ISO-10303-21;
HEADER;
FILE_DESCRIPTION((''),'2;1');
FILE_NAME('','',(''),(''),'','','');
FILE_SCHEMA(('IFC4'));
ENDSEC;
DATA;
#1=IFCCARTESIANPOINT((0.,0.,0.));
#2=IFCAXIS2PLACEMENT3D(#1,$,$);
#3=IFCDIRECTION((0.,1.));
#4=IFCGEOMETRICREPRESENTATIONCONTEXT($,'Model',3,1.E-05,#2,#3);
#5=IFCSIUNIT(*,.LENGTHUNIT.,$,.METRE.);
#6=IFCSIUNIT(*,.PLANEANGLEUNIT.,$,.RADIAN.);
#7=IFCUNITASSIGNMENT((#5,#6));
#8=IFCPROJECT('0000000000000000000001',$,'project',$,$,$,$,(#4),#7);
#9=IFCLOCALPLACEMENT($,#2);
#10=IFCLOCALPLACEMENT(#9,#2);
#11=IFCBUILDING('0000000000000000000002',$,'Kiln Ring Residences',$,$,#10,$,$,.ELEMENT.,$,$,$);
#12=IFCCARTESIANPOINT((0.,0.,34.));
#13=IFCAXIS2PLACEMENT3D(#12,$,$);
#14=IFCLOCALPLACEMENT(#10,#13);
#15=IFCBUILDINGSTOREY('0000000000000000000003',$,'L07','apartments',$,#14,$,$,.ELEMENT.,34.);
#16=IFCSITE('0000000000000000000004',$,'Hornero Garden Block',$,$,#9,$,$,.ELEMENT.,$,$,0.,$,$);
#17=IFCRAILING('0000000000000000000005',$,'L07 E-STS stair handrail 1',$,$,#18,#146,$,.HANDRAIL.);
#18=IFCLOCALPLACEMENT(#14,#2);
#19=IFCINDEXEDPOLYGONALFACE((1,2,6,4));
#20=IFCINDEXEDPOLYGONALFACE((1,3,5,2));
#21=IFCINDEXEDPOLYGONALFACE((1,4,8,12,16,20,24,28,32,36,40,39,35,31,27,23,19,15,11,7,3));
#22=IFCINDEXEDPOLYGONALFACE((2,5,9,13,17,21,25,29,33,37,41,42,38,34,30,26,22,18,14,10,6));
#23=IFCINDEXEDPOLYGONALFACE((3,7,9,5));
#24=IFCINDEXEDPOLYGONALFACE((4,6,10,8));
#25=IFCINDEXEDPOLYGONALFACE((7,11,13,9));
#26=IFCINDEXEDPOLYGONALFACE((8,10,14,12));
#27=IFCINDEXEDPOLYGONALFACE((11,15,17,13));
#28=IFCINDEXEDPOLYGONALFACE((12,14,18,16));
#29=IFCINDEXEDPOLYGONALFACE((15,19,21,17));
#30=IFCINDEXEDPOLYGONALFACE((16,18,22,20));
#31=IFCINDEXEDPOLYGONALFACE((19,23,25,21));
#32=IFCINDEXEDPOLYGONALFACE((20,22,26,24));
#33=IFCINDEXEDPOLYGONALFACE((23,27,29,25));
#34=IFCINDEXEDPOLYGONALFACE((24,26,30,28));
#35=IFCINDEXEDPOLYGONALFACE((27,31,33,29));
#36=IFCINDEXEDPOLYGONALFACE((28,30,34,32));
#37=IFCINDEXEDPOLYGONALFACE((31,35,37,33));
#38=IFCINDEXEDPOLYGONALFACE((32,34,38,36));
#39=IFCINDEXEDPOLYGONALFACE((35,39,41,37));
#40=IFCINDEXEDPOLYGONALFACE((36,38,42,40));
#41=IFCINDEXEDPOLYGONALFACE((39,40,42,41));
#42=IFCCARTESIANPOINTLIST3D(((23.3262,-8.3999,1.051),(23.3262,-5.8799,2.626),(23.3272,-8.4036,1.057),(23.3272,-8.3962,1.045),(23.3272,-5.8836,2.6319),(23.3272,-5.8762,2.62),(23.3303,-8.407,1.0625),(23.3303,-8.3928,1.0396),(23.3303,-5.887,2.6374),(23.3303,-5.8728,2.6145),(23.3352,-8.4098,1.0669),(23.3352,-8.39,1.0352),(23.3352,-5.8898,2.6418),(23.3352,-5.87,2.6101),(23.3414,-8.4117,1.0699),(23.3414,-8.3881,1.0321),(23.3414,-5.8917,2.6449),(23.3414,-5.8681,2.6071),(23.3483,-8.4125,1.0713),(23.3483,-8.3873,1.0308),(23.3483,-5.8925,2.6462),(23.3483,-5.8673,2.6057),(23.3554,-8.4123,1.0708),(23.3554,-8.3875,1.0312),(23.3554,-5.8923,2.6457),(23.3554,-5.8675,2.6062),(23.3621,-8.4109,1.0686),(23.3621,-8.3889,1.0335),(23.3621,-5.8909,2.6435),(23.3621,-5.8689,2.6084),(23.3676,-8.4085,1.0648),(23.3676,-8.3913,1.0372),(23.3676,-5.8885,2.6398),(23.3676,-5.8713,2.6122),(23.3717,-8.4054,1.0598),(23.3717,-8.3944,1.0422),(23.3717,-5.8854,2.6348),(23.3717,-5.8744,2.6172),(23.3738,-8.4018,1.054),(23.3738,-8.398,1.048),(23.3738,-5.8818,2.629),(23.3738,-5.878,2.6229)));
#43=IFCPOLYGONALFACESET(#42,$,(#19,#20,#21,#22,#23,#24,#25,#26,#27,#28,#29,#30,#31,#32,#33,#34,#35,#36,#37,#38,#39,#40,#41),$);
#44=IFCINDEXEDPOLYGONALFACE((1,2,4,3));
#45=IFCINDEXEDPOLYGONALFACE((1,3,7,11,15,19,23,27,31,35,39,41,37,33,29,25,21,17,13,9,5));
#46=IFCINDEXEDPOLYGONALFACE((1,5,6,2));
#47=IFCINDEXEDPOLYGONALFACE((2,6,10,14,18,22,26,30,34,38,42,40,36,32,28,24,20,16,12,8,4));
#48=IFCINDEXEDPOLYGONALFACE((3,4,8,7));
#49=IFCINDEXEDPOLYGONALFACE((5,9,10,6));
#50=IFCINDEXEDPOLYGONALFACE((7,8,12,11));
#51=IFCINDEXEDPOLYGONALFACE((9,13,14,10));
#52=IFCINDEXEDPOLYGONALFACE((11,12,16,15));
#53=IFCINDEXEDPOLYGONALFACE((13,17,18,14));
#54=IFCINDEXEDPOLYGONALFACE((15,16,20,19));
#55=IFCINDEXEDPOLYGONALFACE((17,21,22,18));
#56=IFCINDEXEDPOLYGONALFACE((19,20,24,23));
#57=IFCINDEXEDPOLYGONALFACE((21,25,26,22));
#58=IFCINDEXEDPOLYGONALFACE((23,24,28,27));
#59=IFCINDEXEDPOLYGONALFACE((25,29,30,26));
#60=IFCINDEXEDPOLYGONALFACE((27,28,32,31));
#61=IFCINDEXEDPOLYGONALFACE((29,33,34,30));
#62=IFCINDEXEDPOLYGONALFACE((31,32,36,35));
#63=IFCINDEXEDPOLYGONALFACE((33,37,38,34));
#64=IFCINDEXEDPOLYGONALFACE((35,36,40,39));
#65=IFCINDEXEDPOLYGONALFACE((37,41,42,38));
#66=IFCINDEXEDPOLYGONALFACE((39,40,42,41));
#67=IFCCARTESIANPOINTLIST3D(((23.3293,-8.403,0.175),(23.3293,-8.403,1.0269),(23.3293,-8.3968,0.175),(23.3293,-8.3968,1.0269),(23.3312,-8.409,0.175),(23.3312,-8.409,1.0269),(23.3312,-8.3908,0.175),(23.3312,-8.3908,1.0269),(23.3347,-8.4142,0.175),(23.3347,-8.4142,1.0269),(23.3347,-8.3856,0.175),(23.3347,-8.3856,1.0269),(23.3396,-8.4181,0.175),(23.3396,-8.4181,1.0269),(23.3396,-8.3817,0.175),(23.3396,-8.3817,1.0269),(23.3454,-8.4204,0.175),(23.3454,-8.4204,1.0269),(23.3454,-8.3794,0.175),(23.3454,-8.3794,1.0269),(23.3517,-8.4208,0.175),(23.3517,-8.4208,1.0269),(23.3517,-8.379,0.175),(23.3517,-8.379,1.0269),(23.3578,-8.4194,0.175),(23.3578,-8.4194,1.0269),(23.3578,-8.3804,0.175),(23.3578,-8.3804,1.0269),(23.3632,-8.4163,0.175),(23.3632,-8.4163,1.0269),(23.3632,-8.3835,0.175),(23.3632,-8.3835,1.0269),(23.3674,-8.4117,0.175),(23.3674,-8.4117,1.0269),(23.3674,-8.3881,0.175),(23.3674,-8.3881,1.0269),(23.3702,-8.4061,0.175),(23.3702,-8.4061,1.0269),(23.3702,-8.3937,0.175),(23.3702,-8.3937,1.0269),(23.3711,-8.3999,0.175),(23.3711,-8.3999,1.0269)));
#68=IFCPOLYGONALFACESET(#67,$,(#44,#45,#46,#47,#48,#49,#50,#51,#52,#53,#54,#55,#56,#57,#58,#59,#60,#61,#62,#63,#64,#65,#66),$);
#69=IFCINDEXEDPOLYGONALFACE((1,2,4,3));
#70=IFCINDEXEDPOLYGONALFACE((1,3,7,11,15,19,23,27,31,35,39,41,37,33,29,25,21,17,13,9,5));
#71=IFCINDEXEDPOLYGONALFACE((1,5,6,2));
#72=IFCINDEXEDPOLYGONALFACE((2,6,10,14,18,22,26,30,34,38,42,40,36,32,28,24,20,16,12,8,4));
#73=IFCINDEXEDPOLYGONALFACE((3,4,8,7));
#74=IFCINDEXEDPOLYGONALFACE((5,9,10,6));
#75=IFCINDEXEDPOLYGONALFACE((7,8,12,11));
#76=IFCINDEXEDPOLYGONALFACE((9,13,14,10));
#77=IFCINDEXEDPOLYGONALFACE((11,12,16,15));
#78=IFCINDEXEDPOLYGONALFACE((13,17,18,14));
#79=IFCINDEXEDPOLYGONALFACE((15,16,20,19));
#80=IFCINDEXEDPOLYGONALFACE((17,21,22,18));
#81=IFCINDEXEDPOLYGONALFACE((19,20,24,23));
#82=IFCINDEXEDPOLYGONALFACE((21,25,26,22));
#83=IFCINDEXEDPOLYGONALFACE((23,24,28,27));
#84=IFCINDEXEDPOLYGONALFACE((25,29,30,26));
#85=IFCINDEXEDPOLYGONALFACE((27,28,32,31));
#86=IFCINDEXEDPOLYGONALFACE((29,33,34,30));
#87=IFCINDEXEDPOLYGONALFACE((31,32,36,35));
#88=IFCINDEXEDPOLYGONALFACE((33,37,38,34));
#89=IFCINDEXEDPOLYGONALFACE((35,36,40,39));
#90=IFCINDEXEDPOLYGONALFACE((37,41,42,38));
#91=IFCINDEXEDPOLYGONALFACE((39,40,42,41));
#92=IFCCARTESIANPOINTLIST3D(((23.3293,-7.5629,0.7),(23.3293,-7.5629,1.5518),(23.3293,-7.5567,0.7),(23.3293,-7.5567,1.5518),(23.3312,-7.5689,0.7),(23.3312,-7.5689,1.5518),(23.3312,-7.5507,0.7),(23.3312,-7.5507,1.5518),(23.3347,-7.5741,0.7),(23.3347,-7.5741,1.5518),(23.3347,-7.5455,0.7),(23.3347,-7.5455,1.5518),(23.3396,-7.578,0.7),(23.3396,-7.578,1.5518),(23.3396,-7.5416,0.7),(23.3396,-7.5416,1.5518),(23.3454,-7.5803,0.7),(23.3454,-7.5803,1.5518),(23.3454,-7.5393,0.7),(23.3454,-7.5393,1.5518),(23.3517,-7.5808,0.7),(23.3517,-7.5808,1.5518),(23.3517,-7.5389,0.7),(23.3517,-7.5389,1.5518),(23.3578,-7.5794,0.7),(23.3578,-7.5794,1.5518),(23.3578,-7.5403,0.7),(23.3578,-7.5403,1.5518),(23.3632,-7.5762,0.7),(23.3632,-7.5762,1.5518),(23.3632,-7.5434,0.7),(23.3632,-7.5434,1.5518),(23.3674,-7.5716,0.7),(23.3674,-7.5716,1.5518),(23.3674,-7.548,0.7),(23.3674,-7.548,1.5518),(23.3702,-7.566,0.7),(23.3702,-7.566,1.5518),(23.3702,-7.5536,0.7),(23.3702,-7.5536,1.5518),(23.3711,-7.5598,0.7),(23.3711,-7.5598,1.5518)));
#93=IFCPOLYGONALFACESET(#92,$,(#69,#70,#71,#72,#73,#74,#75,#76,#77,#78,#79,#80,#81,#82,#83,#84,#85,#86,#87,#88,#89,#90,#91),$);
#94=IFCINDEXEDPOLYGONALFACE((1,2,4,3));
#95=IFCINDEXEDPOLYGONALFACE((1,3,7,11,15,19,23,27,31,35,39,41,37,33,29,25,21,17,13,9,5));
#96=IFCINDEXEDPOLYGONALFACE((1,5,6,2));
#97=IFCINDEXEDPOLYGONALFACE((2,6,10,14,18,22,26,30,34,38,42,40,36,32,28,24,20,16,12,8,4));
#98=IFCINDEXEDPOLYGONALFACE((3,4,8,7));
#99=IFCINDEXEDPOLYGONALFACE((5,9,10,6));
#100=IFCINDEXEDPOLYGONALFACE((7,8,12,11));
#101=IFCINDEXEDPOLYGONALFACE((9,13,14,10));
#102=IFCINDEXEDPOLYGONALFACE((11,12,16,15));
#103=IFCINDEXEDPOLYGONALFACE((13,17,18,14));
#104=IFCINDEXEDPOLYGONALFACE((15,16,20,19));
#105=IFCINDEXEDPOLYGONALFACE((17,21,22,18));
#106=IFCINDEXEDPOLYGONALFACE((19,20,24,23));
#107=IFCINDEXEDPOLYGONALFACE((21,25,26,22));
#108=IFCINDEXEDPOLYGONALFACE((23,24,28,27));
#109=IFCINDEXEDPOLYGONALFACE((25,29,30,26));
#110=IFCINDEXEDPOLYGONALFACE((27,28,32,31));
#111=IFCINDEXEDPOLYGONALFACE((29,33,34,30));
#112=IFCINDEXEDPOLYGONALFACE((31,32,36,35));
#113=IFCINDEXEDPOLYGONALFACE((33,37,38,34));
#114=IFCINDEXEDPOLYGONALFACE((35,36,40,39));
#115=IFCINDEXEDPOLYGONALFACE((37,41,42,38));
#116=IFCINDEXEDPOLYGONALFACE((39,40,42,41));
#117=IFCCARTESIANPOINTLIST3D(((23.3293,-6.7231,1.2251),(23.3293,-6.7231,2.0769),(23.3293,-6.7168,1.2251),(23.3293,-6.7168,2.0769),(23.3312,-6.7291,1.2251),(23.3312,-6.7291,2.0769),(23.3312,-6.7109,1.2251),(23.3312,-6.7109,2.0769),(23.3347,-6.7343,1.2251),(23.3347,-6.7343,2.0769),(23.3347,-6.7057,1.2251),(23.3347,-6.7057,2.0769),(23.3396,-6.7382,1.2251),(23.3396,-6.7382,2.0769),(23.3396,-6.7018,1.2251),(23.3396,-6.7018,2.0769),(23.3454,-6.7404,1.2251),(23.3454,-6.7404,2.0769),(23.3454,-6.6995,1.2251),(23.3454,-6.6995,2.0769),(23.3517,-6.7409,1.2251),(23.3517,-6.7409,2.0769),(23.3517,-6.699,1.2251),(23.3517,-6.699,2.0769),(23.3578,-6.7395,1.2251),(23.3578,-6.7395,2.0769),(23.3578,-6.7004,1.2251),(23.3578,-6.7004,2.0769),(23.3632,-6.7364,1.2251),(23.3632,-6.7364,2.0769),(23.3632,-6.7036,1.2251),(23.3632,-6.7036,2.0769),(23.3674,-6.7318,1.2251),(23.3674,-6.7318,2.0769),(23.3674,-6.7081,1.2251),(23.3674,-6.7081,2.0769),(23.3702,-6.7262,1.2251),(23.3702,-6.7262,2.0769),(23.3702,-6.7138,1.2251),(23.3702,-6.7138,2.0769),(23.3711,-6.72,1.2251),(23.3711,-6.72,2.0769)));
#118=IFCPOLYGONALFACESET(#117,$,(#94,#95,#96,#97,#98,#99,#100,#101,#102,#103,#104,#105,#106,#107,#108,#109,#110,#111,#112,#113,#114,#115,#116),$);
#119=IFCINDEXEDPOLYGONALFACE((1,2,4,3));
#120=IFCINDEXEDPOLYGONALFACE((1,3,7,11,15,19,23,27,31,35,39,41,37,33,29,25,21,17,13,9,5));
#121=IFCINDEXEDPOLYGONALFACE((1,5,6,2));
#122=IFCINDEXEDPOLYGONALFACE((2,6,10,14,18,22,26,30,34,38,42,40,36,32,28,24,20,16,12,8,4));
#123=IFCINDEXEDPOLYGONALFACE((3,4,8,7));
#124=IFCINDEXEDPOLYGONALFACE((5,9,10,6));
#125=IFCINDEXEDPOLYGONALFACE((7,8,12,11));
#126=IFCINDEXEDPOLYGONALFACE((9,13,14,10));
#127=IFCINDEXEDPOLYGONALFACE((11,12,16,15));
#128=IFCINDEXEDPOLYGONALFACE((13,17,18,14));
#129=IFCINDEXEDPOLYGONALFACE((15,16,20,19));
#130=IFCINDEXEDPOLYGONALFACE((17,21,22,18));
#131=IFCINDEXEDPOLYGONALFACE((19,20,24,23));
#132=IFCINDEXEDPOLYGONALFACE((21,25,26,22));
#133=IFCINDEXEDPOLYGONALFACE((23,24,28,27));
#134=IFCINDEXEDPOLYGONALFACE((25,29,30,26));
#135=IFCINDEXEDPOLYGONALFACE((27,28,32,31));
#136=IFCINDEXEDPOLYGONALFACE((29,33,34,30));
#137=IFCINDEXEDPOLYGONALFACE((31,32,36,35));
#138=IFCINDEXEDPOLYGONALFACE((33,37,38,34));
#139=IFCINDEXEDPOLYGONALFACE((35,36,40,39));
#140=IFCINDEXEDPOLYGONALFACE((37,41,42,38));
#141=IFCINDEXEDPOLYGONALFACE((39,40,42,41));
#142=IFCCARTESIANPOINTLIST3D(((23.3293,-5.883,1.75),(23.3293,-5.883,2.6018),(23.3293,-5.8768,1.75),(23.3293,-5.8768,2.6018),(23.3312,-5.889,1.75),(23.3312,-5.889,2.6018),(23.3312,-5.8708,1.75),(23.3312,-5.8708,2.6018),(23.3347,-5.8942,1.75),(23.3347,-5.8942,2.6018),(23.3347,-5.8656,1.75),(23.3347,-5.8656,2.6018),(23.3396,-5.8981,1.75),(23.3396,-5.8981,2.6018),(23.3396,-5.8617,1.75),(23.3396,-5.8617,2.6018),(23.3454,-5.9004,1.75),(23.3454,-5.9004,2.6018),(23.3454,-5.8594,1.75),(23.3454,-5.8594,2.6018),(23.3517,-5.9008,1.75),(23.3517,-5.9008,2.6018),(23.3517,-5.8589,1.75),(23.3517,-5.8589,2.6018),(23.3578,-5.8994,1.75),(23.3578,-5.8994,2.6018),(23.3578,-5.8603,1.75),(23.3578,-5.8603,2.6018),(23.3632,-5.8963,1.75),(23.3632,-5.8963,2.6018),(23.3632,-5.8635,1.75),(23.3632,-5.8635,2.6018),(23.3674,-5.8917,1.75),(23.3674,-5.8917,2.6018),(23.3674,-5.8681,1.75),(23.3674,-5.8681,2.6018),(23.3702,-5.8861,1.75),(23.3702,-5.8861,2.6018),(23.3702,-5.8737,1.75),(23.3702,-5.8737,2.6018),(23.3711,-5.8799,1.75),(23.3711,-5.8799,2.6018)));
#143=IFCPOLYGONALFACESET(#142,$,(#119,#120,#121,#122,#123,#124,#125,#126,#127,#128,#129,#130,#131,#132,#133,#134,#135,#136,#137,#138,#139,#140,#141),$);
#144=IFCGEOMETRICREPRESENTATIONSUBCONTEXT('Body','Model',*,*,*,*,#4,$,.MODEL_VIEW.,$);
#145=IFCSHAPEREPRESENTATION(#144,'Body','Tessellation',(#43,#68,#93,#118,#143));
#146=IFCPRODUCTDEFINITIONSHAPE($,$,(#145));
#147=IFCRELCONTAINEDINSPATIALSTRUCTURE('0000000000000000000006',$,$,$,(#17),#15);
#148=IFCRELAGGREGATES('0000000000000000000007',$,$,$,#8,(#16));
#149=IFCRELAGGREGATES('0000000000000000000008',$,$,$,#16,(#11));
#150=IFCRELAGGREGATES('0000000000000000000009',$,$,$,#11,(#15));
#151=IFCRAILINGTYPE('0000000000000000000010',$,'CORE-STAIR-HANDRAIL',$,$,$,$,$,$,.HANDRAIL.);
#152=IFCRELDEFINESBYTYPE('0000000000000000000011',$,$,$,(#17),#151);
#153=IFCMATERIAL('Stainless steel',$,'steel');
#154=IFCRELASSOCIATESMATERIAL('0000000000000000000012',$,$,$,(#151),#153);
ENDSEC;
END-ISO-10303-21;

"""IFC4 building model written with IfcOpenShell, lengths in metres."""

from ifc_helpers import new_model, si_unit, direction, frame, origin, origin_2d, place, context, subcontext, project, spatial, circle, extrude, material, type_object, element, save


model = new_model("IFC4")

# Units and contexts
model_context = context("Model", 3, precision=1e-05, world=origin(), true_north=direction((0.0, 1.0)))
body_context = subcontext(model_context, "Body", "Model", "MODEL_VIEW")
ifc_project = project(units=[si_unit("LENGTHUNIT", "METRE"), si_unit("PLANEANGLEUNIT", "RADIAN")], contexts=[model_context])

# Site, building, storey
site_placement = place(None, origin())
site = spatial("IfcSite", under=ifc_project, at=site_placement, Name="Hornero Garden Block", CompositionType="ELEMENT", RefElevation=0.0)
building_placement = place(site_placement, origin())
building = spatial("IfcBuilding", under=site, at=building_placement, Name="Kiln Ring Residences", CompositionType="ELEMENT")
storey_placement = place(building_placement, frame((0.0, 0.0, 34.0)))
storey = spatial("IfcBuildingStorey", under=building, at=storey_placement, Name="L07", Description="apartments", CompositionType="ELEMENT", Elevation=34.0)

# Railing
ifc_material_1 = material(Name="Stainless steel", Category="steel")
railing_type_1 = type_object("IfcRailingType", Name="CORE-STAIR-HANDRAIL", PredefinedType="HANDRAIL", material=ifc_material_1)
railing_1_placement = place(storey_placement, frame((23.3501, -8.3999, 0.175)))
element("IfcRailing", 1, at=railing_1_placement, inside=storey, type_object=railing_type_1, Name="L07 E-STS stair handrail 1", PredefinedType="HANDRAIL", context=body_context, shape_type="SweptSolid", body=[
    extrude(circle(Radius=0.0239, at=origin_2d()), frame((0.0, 0.0, 0.876), z_axis=(0.0, 0.848008, 0.529984), x_axis=(-1.0, 0.0, 0.0)), (0.0, 0.0, 1.0), 2.9717),
    extrude(circle(Radius=0.021, at=origin_2d()), origin(), (0.0, 0.0, 1.0), 0.8518),
    extrude(circle(Radius=0.021, at=origin_2d()), frame((0.0, 0.8401, 0.5249)), (0.0, 0.0, 1.0), 0.8518),
    extrude(circle(Radius=0.021, at=origin_2d()), frame((0.0, 1.6799, 1.05)), (0.0, 0.0, 1.0), 0.8518),
    extrude(circle(Radius=0.021, at=origin_2d()), frame((0.0, 2.52, 1.575)), (0.0, 0.0, 1.0), 0.8518),
])

save(model, "model.ifc")
